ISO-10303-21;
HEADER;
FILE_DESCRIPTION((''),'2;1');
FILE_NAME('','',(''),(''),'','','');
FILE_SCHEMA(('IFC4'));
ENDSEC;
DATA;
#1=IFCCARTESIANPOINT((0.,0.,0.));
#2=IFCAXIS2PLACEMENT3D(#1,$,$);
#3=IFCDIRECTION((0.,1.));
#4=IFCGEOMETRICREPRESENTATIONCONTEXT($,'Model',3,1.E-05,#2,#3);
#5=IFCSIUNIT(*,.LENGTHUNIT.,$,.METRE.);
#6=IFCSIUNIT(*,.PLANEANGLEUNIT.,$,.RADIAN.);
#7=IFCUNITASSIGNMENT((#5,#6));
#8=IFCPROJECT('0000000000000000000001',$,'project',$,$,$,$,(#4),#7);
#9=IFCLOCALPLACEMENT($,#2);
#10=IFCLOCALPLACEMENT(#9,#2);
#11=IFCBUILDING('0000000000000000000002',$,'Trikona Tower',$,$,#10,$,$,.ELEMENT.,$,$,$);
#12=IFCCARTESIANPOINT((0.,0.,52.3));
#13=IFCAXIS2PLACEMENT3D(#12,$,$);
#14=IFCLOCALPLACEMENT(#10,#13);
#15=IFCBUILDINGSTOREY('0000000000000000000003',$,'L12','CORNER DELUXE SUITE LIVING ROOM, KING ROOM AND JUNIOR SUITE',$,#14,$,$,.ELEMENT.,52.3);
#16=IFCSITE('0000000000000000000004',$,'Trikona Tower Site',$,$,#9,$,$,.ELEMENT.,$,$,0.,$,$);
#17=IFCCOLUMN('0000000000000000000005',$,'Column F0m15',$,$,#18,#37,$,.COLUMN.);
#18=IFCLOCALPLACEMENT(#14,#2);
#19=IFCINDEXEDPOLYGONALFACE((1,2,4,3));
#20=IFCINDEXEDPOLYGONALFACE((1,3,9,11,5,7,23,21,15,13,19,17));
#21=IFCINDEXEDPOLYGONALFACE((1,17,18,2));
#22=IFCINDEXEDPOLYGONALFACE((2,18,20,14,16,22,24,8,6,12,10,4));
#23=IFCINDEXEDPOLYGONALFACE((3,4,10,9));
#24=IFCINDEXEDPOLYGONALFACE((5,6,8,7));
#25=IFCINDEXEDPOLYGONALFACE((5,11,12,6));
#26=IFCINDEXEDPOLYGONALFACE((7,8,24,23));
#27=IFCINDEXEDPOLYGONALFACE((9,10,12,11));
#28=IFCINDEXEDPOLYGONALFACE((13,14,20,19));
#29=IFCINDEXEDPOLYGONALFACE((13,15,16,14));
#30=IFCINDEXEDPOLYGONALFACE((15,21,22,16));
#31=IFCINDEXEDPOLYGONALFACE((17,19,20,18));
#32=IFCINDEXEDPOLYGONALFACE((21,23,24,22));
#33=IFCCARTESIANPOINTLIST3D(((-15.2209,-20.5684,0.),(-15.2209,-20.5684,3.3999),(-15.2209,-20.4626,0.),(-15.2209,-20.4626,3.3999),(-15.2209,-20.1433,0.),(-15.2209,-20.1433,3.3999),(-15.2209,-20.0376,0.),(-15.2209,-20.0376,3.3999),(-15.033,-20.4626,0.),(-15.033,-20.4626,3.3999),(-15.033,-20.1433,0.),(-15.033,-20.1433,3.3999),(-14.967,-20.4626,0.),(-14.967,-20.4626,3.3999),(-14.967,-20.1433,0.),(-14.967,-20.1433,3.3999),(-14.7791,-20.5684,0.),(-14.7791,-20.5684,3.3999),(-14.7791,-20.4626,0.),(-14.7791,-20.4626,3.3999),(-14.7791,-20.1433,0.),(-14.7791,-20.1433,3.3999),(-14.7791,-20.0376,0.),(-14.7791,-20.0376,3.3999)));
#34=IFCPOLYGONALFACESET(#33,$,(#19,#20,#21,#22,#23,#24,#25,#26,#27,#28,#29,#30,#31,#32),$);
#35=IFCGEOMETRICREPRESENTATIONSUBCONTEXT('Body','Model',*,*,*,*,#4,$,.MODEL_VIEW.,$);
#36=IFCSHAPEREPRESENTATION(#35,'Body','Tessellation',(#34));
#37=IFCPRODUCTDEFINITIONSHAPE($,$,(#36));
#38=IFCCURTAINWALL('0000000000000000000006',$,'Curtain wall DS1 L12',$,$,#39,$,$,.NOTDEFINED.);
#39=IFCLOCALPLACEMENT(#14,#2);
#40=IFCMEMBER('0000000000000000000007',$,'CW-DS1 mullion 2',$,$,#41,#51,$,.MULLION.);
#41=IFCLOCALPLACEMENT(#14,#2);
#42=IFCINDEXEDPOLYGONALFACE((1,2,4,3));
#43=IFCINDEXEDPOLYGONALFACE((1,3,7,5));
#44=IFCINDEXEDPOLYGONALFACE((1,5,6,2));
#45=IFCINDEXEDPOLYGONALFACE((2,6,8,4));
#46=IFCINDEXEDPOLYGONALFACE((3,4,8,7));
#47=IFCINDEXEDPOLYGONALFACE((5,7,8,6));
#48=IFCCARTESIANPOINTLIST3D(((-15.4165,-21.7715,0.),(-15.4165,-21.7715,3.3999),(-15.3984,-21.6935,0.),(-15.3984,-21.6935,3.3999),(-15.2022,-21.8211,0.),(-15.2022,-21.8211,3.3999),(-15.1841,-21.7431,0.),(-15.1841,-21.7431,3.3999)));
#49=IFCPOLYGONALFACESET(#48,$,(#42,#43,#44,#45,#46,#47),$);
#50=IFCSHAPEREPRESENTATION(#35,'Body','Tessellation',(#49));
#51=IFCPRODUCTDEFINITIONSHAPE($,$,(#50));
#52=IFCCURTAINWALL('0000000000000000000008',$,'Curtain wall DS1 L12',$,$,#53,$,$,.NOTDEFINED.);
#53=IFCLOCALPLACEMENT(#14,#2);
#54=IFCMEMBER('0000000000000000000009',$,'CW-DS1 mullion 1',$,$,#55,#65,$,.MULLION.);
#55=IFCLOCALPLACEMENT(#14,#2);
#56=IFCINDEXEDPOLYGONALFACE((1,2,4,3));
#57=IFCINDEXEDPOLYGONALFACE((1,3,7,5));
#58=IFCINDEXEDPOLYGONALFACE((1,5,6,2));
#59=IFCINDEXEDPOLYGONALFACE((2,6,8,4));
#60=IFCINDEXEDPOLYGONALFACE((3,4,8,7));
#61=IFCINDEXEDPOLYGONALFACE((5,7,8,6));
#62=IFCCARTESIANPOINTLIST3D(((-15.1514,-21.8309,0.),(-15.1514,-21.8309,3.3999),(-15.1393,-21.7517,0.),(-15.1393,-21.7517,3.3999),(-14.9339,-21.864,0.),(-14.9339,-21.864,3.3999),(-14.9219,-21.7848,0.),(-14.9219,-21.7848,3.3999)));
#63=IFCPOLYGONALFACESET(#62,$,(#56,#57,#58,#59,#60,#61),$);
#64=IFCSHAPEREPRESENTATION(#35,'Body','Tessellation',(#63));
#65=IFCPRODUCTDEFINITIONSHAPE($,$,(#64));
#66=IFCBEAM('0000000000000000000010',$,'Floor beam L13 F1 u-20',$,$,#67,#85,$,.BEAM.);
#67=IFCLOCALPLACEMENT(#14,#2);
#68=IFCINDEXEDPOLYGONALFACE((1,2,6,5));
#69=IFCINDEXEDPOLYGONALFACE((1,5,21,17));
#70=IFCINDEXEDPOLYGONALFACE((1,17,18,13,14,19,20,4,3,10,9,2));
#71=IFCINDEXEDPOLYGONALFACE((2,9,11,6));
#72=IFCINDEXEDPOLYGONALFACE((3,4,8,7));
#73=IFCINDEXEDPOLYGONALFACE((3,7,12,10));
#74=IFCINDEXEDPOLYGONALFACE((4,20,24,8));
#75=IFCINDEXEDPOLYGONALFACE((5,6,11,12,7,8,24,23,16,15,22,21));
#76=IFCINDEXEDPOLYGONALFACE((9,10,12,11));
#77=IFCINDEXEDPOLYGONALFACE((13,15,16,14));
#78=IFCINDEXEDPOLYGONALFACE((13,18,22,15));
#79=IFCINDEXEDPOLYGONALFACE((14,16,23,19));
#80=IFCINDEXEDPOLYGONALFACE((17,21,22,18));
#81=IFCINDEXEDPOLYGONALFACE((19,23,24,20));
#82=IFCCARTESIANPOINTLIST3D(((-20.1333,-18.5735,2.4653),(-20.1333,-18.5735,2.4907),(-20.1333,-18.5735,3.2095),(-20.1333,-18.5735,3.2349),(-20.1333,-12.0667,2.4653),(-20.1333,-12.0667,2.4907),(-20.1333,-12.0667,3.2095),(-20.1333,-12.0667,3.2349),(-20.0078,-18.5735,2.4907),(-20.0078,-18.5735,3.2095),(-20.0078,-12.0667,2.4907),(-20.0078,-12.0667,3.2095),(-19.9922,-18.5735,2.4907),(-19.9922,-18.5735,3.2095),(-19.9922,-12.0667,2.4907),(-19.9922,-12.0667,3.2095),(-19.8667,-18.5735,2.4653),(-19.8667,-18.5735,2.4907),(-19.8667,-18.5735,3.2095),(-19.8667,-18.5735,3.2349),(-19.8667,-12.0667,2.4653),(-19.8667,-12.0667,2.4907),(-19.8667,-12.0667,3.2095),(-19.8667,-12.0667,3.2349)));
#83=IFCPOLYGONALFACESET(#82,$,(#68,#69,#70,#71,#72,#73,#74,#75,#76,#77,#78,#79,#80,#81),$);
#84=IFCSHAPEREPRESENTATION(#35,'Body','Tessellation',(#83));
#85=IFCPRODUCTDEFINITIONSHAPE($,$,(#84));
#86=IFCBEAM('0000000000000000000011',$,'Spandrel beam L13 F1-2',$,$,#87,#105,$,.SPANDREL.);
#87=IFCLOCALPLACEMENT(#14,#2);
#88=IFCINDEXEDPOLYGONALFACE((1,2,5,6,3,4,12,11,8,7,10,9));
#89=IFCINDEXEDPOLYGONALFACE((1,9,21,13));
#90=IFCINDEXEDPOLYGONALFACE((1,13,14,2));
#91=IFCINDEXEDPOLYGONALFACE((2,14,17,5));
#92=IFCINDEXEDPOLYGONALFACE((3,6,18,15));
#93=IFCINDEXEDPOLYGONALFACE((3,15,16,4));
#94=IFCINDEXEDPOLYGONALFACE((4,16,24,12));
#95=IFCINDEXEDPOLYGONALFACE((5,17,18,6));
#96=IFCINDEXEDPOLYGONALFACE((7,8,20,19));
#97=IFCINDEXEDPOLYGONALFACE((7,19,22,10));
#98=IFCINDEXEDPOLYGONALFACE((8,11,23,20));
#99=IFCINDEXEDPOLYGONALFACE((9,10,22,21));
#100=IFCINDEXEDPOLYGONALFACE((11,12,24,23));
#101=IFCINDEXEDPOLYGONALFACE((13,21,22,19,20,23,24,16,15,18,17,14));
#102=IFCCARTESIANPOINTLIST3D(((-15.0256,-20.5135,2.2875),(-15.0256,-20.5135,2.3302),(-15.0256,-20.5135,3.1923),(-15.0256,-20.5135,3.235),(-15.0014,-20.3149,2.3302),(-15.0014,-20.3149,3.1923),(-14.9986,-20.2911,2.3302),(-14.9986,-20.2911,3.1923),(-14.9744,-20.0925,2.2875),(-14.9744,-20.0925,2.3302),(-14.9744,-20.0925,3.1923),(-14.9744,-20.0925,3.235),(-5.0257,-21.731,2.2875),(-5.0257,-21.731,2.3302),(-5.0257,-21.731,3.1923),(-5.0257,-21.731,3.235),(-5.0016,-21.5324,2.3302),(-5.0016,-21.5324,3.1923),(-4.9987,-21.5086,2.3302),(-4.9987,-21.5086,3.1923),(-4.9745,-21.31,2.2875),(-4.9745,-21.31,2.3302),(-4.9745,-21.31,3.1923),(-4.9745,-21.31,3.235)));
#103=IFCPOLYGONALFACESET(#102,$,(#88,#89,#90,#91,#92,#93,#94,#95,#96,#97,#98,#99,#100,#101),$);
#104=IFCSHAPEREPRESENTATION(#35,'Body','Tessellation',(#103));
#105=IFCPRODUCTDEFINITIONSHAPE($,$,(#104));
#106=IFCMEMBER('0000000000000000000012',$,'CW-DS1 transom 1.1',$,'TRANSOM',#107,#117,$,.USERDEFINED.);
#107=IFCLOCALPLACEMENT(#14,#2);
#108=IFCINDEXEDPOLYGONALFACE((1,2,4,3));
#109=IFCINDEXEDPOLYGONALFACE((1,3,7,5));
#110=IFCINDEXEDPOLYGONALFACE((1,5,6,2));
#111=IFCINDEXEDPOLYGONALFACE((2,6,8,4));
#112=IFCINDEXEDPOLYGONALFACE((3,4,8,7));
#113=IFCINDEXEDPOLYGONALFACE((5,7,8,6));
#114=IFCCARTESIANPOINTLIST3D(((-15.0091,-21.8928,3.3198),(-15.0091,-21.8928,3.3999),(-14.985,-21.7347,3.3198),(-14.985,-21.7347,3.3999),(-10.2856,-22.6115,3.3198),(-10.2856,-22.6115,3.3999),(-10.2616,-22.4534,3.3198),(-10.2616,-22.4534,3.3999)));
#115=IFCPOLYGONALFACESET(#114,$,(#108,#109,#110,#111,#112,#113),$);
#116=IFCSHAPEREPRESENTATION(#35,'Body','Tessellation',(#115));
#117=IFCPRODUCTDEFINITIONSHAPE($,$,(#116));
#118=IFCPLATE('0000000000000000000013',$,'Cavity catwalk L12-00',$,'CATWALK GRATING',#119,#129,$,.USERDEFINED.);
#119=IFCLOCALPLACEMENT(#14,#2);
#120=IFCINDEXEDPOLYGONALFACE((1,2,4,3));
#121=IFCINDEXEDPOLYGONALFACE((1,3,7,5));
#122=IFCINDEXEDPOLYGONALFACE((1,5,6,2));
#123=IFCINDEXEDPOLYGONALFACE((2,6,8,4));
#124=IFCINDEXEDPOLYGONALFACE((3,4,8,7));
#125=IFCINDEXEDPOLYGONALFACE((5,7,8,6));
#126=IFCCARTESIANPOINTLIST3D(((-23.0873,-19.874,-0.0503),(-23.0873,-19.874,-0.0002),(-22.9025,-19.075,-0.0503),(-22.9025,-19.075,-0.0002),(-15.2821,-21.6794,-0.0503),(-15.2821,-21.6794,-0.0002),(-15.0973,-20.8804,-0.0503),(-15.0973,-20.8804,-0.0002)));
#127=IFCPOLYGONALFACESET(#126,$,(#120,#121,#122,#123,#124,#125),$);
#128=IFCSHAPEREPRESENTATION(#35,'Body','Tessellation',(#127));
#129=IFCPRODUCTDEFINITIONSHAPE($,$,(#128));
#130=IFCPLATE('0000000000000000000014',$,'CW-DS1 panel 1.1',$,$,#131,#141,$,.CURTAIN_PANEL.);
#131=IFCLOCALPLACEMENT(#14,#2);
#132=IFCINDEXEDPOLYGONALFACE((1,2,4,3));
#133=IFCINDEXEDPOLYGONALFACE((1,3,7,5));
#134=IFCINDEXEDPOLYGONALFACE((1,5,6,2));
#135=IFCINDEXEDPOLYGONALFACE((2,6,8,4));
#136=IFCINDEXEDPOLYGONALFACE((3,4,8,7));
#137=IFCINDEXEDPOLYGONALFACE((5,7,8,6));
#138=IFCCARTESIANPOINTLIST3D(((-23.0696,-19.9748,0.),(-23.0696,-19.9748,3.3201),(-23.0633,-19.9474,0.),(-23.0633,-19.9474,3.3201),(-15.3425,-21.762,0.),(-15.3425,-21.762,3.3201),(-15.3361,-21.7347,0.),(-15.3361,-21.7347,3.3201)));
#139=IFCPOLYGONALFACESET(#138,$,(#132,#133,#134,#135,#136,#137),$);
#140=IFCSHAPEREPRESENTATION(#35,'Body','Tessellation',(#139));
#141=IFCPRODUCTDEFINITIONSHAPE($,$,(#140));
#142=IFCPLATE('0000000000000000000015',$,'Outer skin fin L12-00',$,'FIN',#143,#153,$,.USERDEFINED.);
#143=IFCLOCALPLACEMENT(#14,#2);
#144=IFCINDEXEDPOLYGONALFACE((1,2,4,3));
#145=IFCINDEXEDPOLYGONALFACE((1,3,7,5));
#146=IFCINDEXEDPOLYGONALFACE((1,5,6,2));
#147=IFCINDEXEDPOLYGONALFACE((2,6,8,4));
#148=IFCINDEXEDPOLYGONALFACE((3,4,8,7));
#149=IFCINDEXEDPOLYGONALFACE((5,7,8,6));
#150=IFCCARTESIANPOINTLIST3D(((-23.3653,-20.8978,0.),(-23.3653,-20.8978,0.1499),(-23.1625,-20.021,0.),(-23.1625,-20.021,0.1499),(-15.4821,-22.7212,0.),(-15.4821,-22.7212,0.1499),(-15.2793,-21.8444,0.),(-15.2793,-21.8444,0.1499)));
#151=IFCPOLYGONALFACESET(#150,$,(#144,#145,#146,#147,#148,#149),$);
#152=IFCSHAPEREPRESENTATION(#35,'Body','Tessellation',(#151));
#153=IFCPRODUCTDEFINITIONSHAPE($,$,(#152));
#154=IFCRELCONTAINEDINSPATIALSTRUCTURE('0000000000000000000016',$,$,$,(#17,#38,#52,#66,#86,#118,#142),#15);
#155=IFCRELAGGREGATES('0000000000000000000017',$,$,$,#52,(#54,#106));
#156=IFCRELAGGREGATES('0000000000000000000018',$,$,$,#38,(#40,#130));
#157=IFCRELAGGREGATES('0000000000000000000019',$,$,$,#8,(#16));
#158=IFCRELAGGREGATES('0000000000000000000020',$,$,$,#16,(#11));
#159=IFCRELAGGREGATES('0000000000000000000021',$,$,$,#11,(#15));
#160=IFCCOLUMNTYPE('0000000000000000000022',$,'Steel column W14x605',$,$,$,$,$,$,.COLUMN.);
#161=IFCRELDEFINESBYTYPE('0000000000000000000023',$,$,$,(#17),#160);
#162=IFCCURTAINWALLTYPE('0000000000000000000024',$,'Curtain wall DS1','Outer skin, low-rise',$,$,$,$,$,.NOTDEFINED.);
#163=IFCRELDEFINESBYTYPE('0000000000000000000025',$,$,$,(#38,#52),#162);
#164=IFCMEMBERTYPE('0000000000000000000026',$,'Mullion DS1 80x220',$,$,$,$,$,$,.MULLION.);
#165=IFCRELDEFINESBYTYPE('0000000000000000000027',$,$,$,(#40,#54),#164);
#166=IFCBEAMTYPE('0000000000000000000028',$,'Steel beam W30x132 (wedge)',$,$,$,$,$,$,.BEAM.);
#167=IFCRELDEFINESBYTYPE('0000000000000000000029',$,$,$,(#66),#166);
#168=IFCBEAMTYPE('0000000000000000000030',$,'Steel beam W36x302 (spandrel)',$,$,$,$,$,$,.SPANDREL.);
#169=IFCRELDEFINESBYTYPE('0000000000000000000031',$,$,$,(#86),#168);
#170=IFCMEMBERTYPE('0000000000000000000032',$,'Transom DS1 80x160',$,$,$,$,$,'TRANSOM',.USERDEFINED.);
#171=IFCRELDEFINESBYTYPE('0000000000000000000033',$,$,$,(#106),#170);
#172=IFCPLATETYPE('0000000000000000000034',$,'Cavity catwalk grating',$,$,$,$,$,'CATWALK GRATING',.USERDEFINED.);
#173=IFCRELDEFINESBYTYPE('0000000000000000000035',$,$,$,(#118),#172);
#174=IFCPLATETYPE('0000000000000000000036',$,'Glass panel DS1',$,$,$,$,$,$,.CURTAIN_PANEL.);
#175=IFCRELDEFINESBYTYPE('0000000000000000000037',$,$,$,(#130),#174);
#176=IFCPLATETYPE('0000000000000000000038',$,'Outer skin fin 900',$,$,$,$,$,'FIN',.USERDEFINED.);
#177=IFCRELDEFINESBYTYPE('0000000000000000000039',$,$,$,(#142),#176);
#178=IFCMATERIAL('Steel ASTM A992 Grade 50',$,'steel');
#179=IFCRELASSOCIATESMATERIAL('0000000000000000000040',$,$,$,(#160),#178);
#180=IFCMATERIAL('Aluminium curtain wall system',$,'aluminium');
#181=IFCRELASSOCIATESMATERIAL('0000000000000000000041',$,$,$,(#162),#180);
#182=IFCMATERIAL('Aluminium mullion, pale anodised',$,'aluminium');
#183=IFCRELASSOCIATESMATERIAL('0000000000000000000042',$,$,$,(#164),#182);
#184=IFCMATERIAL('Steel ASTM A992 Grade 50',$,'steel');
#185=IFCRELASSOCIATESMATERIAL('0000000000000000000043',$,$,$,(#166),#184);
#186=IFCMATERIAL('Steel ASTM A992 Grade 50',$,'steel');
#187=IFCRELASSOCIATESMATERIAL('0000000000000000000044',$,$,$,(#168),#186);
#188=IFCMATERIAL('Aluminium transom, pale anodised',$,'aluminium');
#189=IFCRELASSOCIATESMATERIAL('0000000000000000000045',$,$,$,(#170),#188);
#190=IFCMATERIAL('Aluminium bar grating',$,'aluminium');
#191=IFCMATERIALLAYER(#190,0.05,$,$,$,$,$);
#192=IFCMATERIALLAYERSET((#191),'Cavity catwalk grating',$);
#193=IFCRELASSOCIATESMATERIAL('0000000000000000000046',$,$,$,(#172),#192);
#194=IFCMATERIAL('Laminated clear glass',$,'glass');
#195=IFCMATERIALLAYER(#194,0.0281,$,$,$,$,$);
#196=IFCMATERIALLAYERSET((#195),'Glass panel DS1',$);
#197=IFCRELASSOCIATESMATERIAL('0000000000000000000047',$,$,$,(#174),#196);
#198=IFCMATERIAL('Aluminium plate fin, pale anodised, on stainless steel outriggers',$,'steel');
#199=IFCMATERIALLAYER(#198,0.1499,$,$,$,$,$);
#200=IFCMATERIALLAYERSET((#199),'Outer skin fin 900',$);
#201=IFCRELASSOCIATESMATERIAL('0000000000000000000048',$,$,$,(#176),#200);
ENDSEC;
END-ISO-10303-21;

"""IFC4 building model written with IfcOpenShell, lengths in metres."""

from ifc_helpers import new_model, si_unit, direction, frame, origin, origin_2d, place, context, subcontext, project, spatial, rectangle, i_section, extrude, material, layer, layer_set, material_profile, profile_set, type_object, element, aggregate, save


model = new_model("IFC4")

# Units and contexts
model_context = context("Model", 3, precision=1e-05, world=origin(), true_north=direction((0.0, 1.0)))
body_context = subcontext(model_context, "Body", "Model", "MODEL_VIEW")
ifc_project = project(units=[si_unit("LENGTHUNIT", "METRE"), si_unit("PLANEANGLEUNIT", "RADIAN")], contexts=[model_context])

# Site, building, storey
site_placement = place(None, origin())
site = spatial("IfcSite", under=ifc_project, at=site_placement, Name="Trikona Tower Site", CompositionType="ELEMENT", RefElevation=0.0)
building_placement = place(site_placement, origin())
building = spatial("IfcBuilding", under=site, at=building_placement, Name="Trikona Tower", CompositionType="ELEMENT")
storey_placement = place(building_placement, frame((0.0, 0.0, 52.3)))
storey = spatial("IfcBuildingStorey", under=building, at=storey_placement, Name="L12", Description="CORNER DELUXE SUITE LIVING ROOM, KING ROOM AND JUNIOR SUITE", CompositionType="ELEMENT", Elevation=52.3)

# Column
ifc_material_1 = material(Name="Steel ASTM A992 Grade 50", Category="steel")
ifc_material_profile_1 = material_profile(ifc_material_1, i_section(OverallWidth=0.4419, OverallDepth=0.5308, WebThickness=0.0659, FlangeThickness=0.1057, at=origin_2d()), Name="W14X605")
ifc_profile_set_1 = profile_set([ifc_material_profile_1], Name="Steel ASTM A992 Grade 50")
column_type = type_object("IfcColumnType", Name="Steel column W14x605", PredefinedType="COLUMN", material=ifc_profile_set_1)
column_placement = place(storey_placement, frame((-15.0, -20.303, 0.0), z_axis=(0.0, 0.0, 1.0), x_axis=(1.0, 0.0, 0.0)))
element("IfcColumn", 1, at=column_placement, inside=storey, type_object=column_type, Name="Column F0m15", PredefinedType="COLUMN", context=body_context, shape_type="SweptSolid", body=[
    extrude(i_section(OverallWidth=0.4419, OverallDepth=0.5308, WebThickness=0.0659, FlangeThickness=0.1057, at=origin_2d()), origin(), (0.0, 0.0, 1.0), 3.3999),
])

# Curtain walls, members
ifc_material_2 = material(Name="Aluminium curtain wall system", Category="aluminium")
curtain_wall_type = type_object("IfcCurtainWallType", Name="Curtain wall DS1", Description="Outer skin, low-rise", PredefinedType="NOTDEFINED", material=ifc_material_2)
curtain_wall_1_placement = place(storey_placement, origin())
curtain_wall_1 = element("IfcCurtainWall", 2, at=curtain_wall_1_placement, inside=storey, type_object=curtain_wall_type, Name="Curtain wall DS1 L12", PredefinedType="NOTDEFINED")
ifc_material_3 = material(Name="Aluminium mullion, pale anodised", Category="aluminium")
ifc_material_profile_2 = material_profile(ifc_material_3, rectangle(XDim=0.0801, YDim=0.22, at=origin_2d()), Name="MUL-DS1")
ifc_profile_set_2 = profile_set([ifc_material_profile_2], Name="Aluminium mullion, pale anodised")
member_type_1 = type_object("IfcMemberType", Name="Mullion DS1 80x220", PredefinedType="MULLION", material=ifc_profile_set_2)
member_1_placement = place(storey_placement, frame((-15.3003, -21.7573, 0.0), z_axis=(0.0, 0.0, 1.0), x_axis=(0.225343, 0.974279, 0.0)))
member_1 = element("IfcMember", 3, at=member_1_placement, type_object=member_type_1, Name="CW-DS1 mullion 2", PredefinedType="MULLION", context=body_context, shape_type="SweptSolid", body=[
    extrude(rectangle(XDim=0.0801, YDim=0.22, at=origin_2d()), origin(), (0.0, 0.0, 1.0), 3.3999),
])
curtain_wall_2_placement = place(storey_placement, origin())
curtain_wall_2 = element("IfcCurtainWall", 4, at=curtain_wall_2_placement, inside=storey, type_object=curtain_wall_type, Name="Curtain wall DS1 L12", PredefinedType="NOTDEFINED")
member_2_placement = place(storey_placement, frame((-15.0366, -21.8079, 0.0), z_axis=(0.0, 0.0, 1.0), x_axis=(0.150438, 0.988619, 0.0)))
member_2 = element("IfcMember", 5, at=member_2_placement, type_object=member_type_1, Name="CW-DS1 mullion 1", PredefinedType="MULLION", context=body_context, shape_type="SweptSolid", body=[
    extrude(rectangle(XDim=0.0801, YDim=0.22, at=origin_2d()), origin(), (0.0, 0.0, 1.0), 3.3999),
])

# Beams
ifc_material_4 = material(Name="Steel ASTM A992 Grade 50", Category="steel")
ifc_material_profile_3 = material_profile(ifc_material_4, i_section(OverallWidth=0.2666, OverallDepth=0.7695, WebThickness=0.0156, FlangeThickness=0.0254, at=origin_2d()), Name="W30X132")
ifc_profile_set_3 = profile_set([ifc_material_profile_3], Name="Steel ASTM A992 Grade 50")
beam_type_1 = type_object("IfcBeamType", Name="Steel beam W30x132 (wedge)", PredefinedType="BEAM", material=ifc_profile_set_3)
beam_1_placement = place(storey_placement, frame((-20.0, -12.0667, 2.8501), z_axis=(0.0, -1.0, 0.0), x_axis=(1.0, 0.0, 0.0)))
element("IfcBeam", 6, at=beam_1_placement, inside=storey, type_object=beam_type_1, Name="Floor beam L13 F1 u-20", PredefinedType="BEAM", context=body_context, shape_type="SweptSolid", body=[
    extrude(i_section(OverallWidth=0.2666, OverallDepth=0.7695, WebThickness=0.0156, FlangeThickness=0.0254, at=origin_2d()), origin(), (0.0, 0.0, 1.0), 6.5068),
])
ifc_material_5 = material(Name="Steel ASTM A992 Grade 50", Category="steel")
ifc_material_profile_4 = material_profile(ifc_material_5, i_section(OverallWidth=0.4241, OverallDepth=0.9475, WebThickness=0.0239, FlangeThickness=0.0427, at=origin_2d()), Name="W36X302")
ifc_profile_set_4 = profile_set([ifc_material_profile_4], Name="Steel ASTM A992 Grade 50")
beam_type_2 = type_object("IfcBeamType", Name="Steel beam W36x302 (spandrel)", PredefinedType="SPANDREL", material=ifc_profile_set_4)
beam_2_placement = place(storey_placement, frame((-15.0, -20.303, 2.7612), z_axis=(0.99267, -0.12086, 0.0), x_axis=(0.12086, 0.99267, 0.0)))
element("IfcBeam", 7, at=beam_2_placement, inside=storey, type_object=beam_type_2, Name="Spandrel beam L13 F1-2", PredefinedType="SPANDREL", context=body_context, shape_type="SweptSolid", body=[
    extrude(i_section(OverallWidth=0.4241, OverallDepth=0.9475, WebThickness=0.0239, FlangeThickness=0.0427, at=origin_2d()), origin(), (0.0, 0.0, 1.0), 10.0737),
])

# Member
ifc_material_6 = material(Name="Aluminium transom, pale anodised", Category="aluminium")
ifc_material_profile_5 = material_profile(ifc_material_6, rectangle(XDim=0.1599, YDim=0.0801, at=origin_2d()), Name="TRN-DS1")
ifc_profile_set_5 = profile_set([ifc_material_profile_5], Name="Aluminium transom, pale anodised")
member_type_2 = type_object("IfcMemberType", Name="Transom DS1 80x160", ElementType="TRANSOM", PredefinedType="USERDEFINED", material=ifc_profile_set_5)
member_3_placement = place(storey_placement, frame((-14.9971, -21.8137, 3.3599), z_axis=(0.98862, -0.150437, 0.0), x_axis=(0.150437, 0.98862, 0.0)))
member_3 = element("IfcMember", 8, at=member_3_placement, type_object=member_type_2, Name="CW-DS1 transom 1.1", ObjectType="TRANSOM", PredefinedType="USERDEFINED", context=body_context, shape_type="SweptSolid", body=[
    extrude(rectangle(XDim=0.1599, YDim=0.0801, at=origin_2d()), origin(), (0.0, 0.0, 1.0), 4.7778),
])
aggregate(curtain_wall_2, [member_2, member_3])

# Plates
ifc_material_7 = material(Name="Aluminium bar grating", Category="aluminium")
ifc_layer_1 = layer(ifc_material_7, 0.05)
ifc_layer_set_1 = layer_set([ifc_layer_1], Name="Cavity catwalk grating")
plate_type_1 = type_object("IfcPlateType", Name="Cavity catwalk grating", ElementType="CATWALK GRATING", PredefinedType="USERDEFINED", material=ifc_layer_set_1)
plate_1_placement = place(storey_placement, frame((-19.0923, -20.3772, -0.0503), z_axis=(0.0, 0.0, 1.0), x_axis=(0.974278, -0.225351, 0.0)))
element("IfcPlate", 9, at=plate_1_placement, inside=storey, type_object=plate_type_1, Name="Cavity catwalk L12-00", ObjectType="CATWALK GRATING", PredefinedType="USERDEFINED", context=body_context, shape_type="SweptSolid", body=[
    extrude(rectangle(XDim=8.0112, YDim=0.8201, at=origin_2d()), origin(), (0.0, 0.0, 1.0), 0.05),
])
ifc_material_8 = material(Name="Laminated clear glass", Category="glass")
ifc_layer_2 = layer(ifc_material_8, 0.0281)
ifc_layer_set_2 = layer_set([ifc_layer_2], Name="Glass panel DS1")
plate_type_2 = type_object("IfcPlateType", Name="Glass panel DS1", PredefinedType="CURTAIN_PANEL", material=ifc_layer_set_2)
plate_2_placement = place(storey_placement, frame((-19.2029, -20.8547, 0.0), z_axis=(0.0, 0.0, 1.0), x_axis=(0.974279, -0.225343, 0.0)))
plate_2 = element("IfcPlate", 10, at=plate_2_placement, type_object=plate_type_2, Name="CW-DS1 panel 1.1", PredefinedType="CURTAIN_PANEL", context=body_context, shape_type="SweptSolid", body=[
    extrude(rectangle(XDim=7.9312, YDim=0.0281, at=origin_2d()), origin(), (0.0, 0.0, 1.0), 3.3201),
])
aggregate(curtain_wall_1, [member_1, plate_2])
ifc_material_9 = material(Name="Aluminium plate fin, pale anodised, on stainless steel outriggers", Category="steel")
ifc_layer_3 = layer(ifc_material_9, 0.1499)
ifc_layer_set_3 = layer_set([ifc_layer_3], Name="Outer skin fin 900")
plate_type_3 = type_object("IfcPlateType", Name="Outer skin fin 900", ElementType="FIN", PredefinedType="USERDEFINED", material=ifc_layer_set_3)
plate_3_placement = place(storey_placement, frame((-19.3223, -21.3711, 0.0), z_axis=(0.0, 0.0, 1.0), x_axis=(0.974278, -0.225351, 0.0)))
element("IfcPlate", 11, at=plate_3_placement, inside=storey, type_object=plate_type_3, Name="Outer skin fin L12-00", ObjectType="FIN", PredefinedType="USERDEFINED", context=body_context, shape_type="SweptSolid", body=[
    extrude(rectangle(XDim=8.0913, YDim=0.8999, at=origin_2d()), origin(), (0.0, 0.0, 1.0), 0.1499),
])

save(model, "model.ifc")
